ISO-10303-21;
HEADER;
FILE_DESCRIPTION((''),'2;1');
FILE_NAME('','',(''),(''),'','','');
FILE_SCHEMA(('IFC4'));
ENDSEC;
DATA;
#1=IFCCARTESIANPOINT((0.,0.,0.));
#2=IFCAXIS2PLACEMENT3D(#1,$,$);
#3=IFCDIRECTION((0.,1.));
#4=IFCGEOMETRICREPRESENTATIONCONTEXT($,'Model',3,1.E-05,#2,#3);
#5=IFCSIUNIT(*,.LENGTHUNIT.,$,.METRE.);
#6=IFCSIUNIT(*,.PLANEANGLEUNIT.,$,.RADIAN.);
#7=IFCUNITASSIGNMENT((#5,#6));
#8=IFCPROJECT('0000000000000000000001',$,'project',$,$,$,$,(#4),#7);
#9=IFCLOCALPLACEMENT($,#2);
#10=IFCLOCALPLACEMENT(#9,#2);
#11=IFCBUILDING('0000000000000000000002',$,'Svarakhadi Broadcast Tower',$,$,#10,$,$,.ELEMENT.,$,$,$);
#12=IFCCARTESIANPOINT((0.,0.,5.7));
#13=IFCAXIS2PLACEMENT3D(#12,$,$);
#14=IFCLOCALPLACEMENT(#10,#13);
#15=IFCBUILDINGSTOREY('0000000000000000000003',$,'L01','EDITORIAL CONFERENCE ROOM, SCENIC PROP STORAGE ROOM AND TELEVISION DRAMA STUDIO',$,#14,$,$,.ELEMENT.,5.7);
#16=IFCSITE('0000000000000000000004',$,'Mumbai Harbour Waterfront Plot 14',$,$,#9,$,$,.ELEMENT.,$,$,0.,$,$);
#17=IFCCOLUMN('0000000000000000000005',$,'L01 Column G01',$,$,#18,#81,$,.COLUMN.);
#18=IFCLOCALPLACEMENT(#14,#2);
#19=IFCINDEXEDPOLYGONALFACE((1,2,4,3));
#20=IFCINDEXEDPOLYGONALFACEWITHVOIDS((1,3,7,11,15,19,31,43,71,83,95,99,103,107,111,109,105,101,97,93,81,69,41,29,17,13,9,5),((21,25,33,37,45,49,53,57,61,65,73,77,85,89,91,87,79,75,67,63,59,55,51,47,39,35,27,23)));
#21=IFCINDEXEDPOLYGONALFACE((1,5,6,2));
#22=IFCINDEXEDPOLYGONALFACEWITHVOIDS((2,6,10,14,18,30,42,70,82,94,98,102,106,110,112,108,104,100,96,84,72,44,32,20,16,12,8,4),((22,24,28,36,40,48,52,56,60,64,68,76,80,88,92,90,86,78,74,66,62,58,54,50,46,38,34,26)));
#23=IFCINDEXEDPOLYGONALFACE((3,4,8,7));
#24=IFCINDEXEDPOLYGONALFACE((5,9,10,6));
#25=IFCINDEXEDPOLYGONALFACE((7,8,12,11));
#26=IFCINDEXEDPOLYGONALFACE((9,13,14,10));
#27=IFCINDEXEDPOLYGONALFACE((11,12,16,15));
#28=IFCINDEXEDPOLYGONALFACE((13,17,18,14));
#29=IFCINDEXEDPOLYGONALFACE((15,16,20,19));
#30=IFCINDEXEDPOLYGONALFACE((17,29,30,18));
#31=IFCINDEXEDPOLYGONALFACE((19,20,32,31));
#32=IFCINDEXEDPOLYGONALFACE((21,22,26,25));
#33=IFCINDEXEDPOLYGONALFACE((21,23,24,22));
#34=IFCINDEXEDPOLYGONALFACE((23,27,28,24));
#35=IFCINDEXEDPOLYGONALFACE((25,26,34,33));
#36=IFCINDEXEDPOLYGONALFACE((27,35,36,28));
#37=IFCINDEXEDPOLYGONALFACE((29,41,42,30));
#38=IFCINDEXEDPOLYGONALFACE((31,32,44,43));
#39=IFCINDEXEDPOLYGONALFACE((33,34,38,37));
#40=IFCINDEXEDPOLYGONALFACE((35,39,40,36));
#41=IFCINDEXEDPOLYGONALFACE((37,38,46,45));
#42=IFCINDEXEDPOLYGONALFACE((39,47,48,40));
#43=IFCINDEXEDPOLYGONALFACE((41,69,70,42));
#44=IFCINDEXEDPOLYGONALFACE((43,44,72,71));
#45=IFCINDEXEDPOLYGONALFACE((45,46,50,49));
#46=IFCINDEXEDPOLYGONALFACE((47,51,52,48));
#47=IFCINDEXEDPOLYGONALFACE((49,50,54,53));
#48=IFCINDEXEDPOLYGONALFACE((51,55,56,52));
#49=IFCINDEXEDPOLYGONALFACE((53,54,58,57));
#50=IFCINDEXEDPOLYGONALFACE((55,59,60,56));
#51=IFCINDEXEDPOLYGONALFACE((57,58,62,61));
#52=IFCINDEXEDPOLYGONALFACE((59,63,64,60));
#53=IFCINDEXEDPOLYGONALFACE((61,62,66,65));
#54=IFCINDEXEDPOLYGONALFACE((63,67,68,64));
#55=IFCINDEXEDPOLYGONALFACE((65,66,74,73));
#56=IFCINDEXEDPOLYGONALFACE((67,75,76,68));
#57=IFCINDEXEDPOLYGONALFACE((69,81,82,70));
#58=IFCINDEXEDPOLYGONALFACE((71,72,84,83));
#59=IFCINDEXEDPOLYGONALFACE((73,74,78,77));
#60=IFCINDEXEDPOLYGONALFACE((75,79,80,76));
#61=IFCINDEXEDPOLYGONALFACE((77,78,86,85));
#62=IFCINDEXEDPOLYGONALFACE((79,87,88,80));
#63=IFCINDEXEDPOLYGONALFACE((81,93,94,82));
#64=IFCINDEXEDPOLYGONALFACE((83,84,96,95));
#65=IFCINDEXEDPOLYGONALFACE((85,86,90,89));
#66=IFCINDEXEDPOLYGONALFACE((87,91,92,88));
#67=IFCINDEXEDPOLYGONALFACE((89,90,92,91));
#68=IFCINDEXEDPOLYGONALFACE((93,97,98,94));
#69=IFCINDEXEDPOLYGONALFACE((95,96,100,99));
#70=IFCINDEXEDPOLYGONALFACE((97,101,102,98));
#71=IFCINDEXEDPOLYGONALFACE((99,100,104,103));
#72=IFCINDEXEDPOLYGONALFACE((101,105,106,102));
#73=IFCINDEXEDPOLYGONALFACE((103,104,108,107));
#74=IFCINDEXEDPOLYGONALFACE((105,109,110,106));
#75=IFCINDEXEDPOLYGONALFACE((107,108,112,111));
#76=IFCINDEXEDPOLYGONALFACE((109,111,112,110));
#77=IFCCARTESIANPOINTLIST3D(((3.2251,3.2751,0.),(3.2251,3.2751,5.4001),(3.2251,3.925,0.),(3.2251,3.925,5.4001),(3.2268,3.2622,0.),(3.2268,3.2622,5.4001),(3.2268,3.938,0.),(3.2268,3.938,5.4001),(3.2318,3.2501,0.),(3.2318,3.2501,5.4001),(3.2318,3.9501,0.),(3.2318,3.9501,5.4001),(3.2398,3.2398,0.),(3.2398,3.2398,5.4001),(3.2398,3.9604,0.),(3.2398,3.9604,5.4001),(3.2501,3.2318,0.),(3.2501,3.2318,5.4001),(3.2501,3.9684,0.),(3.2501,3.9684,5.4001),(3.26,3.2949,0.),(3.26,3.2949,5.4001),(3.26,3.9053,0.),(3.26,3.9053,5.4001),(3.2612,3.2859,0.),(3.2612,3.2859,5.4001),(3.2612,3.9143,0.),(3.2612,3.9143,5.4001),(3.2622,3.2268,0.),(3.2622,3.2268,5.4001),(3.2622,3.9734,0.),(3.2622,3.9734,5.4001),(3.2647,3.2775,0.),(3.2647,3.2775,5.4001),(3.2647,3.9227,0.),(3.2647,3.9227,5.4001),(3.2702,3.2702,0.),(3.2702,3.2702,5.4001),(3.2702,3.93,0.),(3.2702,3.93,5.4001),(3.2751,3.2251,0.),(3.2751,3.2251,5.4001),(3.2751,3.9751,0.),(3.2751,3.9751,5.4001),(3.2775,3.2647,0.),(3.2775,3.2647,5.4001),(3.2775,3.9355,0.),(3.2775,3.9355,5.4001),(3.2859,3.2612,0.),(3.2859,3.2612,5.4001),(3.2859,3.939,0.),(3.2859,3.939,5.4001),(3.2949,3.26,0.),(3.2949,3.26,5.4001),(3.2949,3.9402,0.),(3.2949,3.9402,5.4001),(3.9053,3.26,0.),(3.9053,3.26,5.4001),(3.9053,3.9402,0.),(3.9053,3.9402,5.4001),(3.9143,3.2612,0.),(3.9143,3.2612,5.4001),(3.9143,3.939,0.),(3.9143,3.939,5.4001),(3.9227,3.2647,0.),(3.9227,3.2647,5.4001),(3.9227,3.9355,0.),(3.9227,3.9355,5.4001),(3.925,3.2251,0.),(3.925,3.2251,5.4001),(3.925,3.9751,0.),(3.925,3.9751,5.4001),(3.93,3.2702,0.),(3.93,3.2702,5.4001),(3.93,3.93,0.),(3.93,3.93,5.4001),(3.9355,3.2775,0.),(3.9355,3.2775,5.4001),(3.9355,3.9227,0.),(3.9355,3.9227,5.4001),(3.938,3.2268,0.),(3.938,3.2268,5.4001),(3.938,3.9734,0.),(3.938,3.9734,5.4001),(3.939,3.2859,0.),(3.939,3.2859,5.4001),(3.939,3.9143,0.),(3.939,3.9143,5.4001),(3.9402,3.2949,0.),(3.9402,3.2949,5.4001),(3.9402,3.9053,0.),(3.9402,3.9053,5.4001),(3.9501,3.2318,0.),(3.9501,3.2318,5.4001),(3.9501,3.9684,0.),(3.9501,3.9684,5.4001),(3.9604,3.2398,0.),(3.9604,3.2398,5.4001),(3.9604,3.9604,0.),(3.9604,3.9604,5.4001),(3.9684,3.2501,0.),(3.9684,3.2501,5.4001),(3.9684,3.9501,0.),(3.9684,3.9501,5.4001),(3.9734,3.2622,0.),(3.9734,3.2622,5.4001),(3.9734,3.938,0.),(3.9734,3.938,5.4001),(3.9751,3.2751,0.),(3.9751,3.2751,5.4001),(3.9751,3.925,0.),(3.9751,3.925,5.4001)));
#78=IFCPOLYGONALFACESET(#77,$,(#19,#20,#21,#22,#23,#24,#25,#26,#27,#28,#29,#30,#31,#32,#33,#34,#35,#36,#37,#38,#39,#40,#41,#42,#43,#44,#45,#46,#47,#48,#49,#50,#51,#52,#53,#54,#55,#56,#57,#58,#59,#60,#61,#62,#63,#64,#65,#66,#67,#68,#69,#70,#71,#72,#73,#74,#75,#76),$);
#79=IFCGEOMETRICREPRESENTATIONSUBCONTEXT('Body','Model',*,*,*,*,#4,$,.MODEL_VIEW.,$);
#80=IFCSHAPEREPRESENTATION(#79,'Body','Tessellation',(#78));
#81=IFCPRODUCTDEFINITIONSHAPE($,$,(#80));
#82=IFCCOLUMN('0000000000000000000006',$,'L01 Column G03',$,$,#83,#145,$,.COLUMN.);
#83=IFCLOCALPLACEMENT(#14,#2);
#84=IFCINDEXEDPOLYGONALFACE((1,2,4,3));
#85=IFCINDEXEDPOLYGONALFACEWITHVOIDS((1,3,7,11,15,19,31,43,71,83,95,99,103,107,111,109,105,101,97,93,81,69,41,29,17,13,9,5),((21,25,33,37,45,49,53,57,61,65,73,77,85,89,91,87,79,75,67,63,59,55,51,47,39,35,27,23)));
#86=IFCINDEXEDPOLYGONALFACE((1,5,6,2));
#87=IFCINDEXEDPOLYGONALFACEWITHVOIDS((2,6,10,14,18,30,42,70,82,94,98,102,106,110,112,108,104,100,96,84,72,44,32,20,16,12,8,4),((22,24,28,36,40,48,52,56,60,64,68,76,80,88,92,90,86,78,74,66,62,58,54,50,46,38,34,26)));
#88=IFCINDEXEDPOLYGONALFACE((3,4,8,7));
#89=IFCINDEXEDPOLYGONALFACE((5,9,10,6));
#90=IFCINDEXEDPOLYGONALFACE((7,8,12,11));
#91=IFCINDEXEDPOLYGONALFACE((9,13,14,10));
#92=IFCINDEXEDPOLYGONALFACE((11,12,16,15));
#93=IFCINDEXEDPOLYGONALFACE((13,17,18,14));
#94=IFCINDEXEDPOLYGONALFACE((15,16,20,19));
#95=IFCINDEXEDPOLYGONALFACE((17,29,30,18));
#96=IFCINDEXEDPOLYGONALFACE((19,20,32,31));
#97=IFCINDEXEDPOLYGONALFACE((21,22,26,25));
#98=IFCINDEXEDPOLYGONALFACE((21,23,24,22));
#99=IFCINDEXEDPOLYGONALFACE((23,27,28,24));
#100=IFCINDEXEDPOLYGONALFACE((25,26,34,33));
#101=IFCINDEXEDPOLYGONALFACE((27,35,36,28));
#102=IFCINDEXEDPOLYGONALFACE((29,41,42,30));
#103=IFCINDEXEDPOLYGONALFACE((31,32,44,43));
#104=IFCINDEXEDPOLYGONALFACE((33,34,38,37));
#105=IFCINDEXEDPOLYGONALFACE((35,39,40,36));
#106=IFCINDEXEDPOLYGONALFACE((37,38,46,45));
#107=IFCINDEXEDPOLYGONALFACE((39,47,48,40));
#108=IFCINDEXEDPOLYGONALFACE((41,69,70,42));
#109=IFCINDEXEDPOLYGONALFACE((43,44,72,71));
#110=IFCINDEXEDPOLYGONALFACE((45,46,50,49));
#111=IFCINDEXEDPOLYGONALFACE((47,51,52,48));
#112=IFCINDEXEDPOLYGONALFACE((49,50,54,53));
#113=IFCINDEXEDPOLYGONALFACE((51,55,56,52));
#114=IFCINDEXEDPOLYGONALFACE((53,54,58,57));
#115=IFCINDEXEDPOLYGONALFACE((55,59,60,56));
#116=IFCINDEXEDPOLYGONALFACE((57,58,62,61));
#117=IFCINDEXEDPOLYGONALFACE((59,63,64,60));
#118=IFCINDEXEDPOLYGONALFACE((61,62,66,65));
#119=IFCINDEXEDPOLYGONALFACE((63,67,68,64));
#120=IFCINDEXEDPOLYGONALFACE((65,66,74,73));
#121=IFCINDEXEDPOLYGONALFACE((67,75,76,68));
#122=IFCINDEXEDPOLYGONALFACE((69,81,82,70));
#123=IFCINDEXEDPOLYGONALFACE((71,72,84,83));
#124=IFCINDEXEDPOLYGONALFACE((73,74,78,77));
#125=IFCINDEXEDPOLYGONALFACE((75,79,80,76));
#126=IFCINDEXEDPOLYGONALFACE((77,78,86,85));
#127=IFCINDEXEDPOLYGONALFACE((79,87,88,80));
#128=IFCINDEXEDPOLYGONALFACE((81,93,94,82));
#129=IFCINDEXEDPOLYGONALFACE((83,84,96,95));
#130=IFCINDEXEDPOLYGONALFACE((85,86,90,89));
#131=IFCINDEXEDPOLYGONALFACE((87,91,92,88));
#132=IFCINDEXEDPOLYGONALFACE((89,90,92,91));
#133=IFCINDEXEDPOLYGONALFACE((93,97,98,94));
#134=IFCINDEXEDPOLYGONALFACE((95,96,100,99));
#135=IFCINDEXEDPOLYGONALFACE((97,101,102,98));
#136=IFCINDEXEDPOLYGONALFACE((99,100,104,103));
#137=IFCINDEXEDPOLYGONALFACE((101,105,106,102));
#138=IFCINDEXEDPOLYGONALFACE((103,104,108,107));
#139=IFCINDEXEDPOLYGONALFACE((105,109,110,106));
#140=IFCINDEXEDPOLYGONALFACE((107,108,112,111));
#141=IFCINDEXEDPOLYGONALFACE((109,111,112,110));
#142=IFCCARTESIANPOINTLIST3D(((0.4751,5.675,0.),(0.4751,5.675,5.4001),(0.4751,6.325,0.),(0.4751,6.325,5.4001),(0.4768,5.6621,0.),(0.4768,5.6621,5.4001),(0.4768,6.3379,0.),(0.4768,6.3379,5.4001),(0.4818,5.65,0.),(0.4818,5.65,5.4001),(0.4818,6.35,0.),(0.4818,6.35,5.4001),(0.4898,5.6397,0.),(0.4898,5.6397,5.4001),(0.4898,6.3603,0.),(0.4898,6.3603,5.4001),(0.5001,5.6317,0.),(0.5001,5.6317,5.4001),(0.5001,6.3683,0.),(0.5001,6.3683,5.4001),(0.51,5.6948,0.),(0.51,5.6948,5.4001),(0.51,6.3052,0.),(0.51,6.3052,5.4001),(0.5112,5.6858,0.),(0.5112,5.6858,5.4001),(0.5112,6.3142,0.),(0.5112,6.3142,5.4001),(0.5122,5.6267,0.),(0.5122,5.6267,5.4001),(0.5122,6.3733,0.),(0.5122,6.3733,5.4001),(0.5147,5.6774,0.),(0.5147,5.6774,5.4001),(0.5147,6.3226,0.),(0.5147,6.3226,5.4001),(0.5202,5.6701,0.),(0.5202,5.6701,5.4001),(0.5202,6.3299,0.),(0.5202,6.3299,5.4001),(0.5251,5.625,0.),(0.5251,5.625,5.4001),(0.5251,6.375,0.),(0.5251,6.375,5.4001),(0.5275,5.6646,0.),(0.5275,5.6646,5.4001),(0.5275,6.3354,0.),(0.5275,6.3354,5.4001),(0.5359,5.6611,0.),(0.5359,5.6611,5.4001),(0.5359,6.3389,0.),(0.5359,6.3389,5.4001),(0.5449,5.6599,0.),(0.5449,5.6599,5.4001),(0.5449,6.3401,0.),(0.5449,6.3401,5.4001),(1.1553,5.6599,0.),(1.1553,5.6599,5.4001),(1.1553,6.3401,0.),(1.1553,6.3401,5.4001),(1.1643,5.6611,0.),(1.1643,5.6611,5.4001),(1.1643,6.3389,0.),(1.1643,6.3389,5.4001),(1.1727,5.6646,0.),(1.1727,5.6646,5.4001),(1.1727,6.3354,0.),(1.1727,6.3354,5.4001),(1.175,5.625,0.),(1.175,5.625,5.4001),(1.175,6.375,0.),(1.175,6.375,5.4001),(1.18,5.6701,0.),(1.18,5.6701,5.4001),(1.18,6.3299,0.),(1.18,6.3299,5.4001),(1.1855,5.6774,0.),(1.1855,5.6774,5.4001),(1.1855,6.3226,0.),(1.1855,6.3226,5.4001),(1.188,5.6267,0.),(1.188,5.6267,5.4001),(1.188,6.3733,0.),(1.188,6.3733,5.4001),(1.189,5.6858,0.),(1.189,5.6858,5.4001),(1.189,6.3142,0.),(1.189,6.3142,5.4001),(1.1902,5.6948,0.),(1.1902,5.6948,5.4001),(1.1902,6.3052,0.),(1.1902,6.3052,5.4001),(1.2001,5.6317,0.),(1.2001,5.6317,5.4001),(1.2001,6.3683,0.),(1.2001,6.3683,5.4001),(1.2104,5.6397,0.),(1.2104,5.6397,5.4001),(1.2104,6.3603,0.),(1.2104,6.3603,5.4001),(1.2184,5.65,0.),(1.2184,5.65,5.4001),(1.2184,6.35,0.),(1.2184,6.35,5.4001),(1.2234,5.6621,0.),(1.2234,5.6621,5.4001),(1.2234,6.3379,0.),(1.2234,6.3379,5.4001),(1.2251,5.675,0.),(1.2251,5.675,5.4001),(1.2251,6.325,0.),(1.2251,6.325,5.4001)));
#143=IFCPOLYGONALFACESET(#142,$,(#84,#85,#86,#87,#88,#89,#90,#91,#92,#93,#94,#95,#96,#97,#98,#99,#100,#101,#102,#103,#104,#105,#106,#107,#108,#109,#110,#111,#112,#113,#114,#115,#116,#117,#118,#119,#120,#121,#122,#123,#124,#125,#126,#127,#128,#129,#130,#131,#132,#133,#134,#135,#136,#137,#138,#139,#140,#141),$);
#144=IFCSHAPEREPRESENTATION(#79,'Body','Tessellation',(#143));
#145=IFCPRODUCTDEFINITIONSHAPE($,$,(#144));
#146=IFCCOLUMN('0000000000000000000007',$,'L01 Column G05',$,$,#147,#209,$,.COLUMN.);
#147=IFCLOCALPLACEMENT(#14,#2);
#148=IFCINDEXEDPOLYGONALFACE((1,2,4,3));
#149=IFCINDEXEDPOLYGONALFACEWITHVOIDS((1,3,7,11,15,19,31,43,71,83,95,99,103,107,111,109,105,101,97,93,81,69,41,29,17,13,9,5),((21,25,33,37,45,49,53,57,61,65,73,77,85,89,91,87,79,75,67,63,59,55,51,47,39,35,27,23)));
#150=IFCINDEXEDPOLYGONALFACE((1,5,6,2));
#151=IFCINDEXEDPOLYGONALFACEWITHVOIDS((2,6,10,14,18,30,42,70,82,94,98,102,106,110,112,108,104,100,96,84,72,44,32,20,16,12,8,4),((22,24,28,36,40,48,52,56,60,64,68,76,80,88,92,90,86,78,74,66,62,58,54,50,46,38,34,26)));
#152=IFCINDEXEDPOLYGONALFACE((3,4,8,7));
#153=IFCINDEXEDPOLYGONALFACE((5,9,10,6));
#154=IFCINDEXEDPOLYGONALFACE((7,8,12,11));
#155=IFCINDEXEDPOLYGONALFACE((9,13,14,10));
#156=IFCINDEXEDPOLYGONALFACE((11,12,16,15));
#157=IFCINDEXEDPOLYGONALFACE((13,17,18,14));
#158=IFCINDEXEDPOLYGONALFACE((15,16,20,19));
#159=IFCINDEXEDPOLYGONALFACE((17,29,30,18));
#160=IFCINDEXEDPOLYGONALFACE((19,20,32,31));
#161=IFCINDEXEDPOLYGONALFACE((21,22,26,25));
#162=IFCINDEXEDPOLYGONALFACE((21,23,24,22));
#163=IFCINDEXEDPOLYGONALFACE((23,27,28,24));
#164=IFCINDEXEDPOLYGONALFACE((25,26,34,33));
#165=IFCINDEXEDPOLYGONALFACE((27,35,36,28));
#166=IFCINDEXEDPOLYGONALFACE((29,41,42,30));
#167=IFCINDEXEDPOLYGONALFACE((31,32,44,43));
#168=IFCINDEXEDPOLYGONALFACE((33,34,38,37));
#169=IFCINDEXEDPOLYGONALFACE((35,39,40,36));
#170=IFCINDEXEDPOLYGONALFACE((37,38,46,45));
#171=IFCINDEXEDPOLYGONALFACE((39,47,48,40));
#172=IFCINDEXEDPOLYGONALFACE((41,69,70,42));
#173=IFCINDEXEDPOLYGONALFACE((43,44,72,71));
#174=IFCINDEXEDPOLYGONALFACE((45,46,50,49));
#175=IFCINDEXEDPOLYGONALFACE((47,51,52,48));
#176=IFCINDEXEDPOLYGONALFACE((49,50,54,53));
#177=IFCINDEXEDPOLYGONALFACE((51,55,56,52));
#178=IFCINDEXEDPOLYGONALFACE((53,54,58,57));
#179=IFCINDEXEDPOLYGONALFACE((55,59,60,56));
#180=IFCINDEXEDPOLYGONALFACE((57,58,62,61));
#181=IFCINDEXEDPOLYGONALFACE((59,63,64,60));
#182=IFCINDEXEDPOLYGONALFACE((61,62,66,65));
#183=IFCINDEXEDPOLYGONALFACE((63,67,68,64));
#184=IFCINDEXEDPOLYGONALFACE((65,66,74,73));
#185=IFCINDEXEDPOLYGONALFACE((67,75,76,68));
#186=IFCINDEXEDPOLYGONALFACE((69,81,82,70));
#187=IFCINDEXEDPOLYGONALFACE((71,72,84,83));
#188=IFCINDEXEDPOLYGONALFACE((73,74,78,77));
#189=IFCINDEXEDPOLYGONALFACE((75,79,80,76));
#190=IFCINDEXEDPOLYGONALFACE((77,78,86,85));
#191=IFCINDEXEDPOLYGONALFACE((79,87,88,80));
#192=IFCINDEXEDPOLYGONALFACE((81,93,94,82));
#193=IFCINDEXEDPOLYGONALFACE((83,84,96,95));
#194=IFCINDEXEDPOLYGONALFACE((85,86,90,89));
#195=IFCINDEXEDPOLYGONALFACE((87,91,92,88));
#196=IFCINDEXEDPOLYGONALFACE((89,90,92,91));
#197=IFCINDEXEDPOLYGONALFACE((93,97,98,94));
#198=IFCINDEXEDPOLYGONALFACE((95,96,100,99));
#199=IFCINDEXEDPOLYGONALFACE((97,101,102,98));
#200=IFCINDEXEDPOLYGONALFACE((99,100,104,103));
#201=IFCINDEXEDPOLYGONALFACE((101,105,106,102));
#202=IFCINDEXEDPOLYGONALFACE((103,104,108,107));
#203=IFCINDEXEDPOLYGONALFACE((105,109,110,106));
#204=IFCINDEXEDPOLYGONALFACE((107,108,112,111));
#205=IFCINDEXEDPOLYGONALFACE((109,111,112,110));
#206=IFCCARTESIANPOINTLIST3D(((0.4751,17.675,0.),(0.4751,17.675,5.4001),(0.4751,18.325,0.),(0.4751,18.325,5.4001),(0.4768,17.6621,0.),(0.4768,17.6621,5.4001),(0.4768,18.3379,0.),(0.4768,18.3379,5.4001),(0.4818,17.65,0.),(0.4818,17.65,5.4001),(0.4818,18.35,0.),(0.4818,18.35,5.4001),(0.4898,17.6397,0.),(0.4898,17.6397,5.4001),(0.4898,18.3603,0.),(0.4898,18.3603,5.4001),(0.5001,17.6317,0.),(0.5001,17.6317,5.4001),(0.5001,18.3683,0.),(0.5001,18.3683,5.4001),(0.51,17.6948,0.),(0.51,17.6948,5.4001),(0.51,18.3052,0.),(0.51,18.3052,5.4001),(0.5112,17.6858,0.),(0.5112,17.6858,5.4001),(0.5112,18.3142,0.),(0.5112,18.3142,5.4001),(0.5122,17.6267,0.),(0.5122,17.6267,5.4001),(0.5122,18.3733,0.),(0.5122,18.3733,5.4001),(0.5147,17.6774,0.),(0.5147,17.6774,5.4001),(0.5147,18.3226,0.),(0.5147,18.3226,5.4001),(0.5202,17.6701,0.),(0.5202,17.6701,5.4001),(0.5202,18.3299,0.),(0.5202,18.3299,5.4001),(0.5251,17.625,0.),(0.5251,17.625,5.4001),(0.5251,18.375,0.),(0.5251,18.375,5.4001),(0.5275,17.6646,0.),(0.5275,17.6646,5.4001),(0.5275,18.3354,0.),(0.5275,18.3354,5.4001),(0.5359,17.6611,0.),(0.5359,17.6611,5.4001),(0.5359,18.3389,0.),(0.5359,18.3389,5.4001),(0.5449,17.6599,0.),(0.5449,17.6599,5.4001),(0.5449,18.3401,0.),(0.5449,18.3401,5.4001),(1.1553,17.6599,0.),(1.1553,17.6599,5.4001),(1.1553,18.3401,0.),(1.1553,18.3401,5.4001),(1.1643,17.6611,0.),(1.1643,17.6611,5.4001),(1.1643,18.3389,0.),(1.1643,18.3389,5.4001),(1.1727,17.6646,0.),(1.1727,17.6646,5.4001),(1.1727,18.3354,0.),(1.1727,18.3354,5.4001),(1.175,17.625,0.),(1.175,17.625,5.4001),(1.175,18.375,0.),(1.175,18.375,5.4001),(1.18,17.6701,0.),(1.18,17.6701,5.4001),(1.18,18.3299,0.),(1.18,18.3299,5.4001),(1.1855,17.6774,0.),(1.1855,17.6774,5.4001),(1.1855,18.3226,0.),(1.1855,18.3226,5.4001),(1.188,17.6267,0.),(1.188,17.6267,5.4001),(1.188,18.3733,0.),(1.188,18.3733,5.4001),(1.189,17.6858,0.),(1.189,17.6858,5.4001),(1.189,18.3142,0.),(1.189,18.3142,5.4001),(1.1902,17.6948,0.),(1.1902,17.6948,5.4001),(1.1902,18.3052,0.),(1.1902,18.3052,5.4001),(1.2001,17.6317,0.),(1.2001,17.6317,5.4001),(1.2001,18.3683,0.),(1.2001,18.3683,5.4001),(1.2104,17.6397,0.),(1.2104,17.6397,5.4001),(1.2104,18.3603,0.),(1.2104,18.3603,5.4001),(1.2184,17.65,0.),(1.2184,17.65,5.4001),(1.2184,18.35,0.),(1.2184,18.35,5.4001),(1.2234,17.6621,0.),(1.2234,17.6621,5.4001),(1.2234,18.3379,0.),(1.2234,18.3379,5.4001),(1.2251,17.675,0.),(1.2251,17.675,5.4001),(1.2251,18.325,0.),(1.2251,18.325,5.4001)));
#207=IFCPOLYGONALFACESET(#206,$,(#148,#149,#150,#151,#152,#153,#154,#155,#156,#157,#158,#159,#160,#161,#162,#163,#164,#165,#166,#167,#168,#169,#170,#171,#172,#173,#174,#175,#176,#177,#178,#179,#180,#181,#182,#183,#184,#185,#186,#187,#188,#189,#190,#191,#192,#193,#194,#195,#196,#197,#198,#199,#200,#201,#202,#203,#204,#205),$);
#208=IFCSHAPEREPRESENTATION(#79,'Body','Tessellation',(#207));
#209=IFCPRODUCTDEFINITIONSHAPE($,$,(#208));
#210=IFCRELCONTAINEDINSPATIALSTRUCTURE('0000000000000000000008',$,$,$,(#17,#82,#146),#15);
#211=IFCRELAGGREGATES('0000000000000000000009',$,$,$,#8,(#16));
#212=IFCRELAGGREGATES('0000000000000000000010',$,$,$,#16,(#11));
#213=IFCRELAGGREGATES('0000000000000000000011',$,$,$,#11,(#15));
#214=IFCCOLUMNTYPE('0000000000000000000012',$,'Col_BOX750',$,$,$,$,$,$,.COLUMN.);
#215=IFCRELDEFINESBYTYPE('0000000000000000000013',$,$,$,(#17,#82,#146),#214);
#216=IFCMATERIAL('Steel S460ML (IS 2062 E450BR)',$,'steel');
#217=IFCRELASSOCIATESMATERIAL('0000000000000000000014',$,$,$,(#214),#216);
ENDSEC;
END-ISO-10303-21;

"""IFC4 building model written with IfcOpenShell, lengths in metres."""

from ifc_helpers import new_model, si_unit, direction, frame, origin, origin_2d, place, context, subcontext, project, spatial, hollow_rectangle, extrude, material, material_profile, profile_set, type_object, element, save


model = new_model("IFC4")

# Units and contexts
model_context = context("Model", 3, precision=1e-05, world=origin(), true_north=direction((0.0, 1.0)))
body_context = subcontext(model_context, "Body", "Model", "MODEL_VIEW")
ifc_project = project(units=[si_unit("LENGTHUNIT", "METRE"), si_unit("PLANEANGLEUNIT", "RADIAN")], contexts=[model_context])

# Site, building, storey
site_placement = place(None, origin())
site = spatial("IfcSite", under=ifc_project, at=site_placement, Name="Mumbai Harbour Waterfront Plot 14", CompositionType="ELEMENT", RefElevation=0.0)
building_placement = place(site_placement, origin())
building = spatial("IfcBuilding", under=site, at=building_placement, Name="Svarakhadi Broadcast Tower", CompositionType="ELEMENT")
storey_placement = place(building_placement, frame((0.0, 0.0, 5.7)))
storey = spatial("IfcBuildingStorey", under=building, at=storey_placement, Name="L01", Description="EDITORIAL CONFERENCE ROOM, SCENIC PROP STORAGE ROOM AND TELEVISION DRAMA STUDIO", CompositionType="ELEMENT", Elevation=5.7)

# Columns
ifc_material_1 = material(Name="Steel S460ML (IS 2062 E450BR)", Category="steel")
ifc_material_profile_1 = material_profile(ifc_material_1, hollow_rectangle(XDim=0.75, YDim=0.75, WallThickness=0.0349, InnerFilletRadius=0.0349, OuterFilletRadius=0.05, at=origin_2d()), Name="BOX 750x750x35")
ifc_profile_set_1 = profile_set([ifc_material_profile_1], Name="Steel S460ML (IS 2062 E450BR)")
column_type_1 = type_object("IfcColumnType", Name="Col_BOX750", PredefinedType="COLUMN", material=ifc_profile_set_1)
for number, where, z_axis, x_axis, name in (
    (1, (3.6001, 3.6001, 0.0), (0.0, 0.0, 1.0), (1.0, 0.0, 0.0), "L01 Column G01"),
    (2, (0.8501, 6.0, 0.0), (0.0, 0.0, 1.0), (1.0, 0.0, 0.0), "L01 Column G03"),
    (3, (0.8501, 18.0, 0.0), (0.0, 0.0, 1.0), (1.0, 0.0, 0.0), "L01 Column G05"),
):
    element("IfcColumn", number, at=place(storey_placement, frame(where, z_axis=z_axis, x_axis=x_axis)), inside=storey, type_object=column_type_1, Name=name, PredefinedType="COLUMN", context=body_context, shape_type="SweptSolid", body=[
        extrude(hollow_rectangle(XDim=0.75, YDim=0.75, WallThickness=0.0349, InnerFilletRadius=0.0349, OuterFilletRadius=0.05, at=origin_2d()), origin(), (0.0, 0.0, 1.0), 5.4001),
    ])

save(model, "model.ifc")
